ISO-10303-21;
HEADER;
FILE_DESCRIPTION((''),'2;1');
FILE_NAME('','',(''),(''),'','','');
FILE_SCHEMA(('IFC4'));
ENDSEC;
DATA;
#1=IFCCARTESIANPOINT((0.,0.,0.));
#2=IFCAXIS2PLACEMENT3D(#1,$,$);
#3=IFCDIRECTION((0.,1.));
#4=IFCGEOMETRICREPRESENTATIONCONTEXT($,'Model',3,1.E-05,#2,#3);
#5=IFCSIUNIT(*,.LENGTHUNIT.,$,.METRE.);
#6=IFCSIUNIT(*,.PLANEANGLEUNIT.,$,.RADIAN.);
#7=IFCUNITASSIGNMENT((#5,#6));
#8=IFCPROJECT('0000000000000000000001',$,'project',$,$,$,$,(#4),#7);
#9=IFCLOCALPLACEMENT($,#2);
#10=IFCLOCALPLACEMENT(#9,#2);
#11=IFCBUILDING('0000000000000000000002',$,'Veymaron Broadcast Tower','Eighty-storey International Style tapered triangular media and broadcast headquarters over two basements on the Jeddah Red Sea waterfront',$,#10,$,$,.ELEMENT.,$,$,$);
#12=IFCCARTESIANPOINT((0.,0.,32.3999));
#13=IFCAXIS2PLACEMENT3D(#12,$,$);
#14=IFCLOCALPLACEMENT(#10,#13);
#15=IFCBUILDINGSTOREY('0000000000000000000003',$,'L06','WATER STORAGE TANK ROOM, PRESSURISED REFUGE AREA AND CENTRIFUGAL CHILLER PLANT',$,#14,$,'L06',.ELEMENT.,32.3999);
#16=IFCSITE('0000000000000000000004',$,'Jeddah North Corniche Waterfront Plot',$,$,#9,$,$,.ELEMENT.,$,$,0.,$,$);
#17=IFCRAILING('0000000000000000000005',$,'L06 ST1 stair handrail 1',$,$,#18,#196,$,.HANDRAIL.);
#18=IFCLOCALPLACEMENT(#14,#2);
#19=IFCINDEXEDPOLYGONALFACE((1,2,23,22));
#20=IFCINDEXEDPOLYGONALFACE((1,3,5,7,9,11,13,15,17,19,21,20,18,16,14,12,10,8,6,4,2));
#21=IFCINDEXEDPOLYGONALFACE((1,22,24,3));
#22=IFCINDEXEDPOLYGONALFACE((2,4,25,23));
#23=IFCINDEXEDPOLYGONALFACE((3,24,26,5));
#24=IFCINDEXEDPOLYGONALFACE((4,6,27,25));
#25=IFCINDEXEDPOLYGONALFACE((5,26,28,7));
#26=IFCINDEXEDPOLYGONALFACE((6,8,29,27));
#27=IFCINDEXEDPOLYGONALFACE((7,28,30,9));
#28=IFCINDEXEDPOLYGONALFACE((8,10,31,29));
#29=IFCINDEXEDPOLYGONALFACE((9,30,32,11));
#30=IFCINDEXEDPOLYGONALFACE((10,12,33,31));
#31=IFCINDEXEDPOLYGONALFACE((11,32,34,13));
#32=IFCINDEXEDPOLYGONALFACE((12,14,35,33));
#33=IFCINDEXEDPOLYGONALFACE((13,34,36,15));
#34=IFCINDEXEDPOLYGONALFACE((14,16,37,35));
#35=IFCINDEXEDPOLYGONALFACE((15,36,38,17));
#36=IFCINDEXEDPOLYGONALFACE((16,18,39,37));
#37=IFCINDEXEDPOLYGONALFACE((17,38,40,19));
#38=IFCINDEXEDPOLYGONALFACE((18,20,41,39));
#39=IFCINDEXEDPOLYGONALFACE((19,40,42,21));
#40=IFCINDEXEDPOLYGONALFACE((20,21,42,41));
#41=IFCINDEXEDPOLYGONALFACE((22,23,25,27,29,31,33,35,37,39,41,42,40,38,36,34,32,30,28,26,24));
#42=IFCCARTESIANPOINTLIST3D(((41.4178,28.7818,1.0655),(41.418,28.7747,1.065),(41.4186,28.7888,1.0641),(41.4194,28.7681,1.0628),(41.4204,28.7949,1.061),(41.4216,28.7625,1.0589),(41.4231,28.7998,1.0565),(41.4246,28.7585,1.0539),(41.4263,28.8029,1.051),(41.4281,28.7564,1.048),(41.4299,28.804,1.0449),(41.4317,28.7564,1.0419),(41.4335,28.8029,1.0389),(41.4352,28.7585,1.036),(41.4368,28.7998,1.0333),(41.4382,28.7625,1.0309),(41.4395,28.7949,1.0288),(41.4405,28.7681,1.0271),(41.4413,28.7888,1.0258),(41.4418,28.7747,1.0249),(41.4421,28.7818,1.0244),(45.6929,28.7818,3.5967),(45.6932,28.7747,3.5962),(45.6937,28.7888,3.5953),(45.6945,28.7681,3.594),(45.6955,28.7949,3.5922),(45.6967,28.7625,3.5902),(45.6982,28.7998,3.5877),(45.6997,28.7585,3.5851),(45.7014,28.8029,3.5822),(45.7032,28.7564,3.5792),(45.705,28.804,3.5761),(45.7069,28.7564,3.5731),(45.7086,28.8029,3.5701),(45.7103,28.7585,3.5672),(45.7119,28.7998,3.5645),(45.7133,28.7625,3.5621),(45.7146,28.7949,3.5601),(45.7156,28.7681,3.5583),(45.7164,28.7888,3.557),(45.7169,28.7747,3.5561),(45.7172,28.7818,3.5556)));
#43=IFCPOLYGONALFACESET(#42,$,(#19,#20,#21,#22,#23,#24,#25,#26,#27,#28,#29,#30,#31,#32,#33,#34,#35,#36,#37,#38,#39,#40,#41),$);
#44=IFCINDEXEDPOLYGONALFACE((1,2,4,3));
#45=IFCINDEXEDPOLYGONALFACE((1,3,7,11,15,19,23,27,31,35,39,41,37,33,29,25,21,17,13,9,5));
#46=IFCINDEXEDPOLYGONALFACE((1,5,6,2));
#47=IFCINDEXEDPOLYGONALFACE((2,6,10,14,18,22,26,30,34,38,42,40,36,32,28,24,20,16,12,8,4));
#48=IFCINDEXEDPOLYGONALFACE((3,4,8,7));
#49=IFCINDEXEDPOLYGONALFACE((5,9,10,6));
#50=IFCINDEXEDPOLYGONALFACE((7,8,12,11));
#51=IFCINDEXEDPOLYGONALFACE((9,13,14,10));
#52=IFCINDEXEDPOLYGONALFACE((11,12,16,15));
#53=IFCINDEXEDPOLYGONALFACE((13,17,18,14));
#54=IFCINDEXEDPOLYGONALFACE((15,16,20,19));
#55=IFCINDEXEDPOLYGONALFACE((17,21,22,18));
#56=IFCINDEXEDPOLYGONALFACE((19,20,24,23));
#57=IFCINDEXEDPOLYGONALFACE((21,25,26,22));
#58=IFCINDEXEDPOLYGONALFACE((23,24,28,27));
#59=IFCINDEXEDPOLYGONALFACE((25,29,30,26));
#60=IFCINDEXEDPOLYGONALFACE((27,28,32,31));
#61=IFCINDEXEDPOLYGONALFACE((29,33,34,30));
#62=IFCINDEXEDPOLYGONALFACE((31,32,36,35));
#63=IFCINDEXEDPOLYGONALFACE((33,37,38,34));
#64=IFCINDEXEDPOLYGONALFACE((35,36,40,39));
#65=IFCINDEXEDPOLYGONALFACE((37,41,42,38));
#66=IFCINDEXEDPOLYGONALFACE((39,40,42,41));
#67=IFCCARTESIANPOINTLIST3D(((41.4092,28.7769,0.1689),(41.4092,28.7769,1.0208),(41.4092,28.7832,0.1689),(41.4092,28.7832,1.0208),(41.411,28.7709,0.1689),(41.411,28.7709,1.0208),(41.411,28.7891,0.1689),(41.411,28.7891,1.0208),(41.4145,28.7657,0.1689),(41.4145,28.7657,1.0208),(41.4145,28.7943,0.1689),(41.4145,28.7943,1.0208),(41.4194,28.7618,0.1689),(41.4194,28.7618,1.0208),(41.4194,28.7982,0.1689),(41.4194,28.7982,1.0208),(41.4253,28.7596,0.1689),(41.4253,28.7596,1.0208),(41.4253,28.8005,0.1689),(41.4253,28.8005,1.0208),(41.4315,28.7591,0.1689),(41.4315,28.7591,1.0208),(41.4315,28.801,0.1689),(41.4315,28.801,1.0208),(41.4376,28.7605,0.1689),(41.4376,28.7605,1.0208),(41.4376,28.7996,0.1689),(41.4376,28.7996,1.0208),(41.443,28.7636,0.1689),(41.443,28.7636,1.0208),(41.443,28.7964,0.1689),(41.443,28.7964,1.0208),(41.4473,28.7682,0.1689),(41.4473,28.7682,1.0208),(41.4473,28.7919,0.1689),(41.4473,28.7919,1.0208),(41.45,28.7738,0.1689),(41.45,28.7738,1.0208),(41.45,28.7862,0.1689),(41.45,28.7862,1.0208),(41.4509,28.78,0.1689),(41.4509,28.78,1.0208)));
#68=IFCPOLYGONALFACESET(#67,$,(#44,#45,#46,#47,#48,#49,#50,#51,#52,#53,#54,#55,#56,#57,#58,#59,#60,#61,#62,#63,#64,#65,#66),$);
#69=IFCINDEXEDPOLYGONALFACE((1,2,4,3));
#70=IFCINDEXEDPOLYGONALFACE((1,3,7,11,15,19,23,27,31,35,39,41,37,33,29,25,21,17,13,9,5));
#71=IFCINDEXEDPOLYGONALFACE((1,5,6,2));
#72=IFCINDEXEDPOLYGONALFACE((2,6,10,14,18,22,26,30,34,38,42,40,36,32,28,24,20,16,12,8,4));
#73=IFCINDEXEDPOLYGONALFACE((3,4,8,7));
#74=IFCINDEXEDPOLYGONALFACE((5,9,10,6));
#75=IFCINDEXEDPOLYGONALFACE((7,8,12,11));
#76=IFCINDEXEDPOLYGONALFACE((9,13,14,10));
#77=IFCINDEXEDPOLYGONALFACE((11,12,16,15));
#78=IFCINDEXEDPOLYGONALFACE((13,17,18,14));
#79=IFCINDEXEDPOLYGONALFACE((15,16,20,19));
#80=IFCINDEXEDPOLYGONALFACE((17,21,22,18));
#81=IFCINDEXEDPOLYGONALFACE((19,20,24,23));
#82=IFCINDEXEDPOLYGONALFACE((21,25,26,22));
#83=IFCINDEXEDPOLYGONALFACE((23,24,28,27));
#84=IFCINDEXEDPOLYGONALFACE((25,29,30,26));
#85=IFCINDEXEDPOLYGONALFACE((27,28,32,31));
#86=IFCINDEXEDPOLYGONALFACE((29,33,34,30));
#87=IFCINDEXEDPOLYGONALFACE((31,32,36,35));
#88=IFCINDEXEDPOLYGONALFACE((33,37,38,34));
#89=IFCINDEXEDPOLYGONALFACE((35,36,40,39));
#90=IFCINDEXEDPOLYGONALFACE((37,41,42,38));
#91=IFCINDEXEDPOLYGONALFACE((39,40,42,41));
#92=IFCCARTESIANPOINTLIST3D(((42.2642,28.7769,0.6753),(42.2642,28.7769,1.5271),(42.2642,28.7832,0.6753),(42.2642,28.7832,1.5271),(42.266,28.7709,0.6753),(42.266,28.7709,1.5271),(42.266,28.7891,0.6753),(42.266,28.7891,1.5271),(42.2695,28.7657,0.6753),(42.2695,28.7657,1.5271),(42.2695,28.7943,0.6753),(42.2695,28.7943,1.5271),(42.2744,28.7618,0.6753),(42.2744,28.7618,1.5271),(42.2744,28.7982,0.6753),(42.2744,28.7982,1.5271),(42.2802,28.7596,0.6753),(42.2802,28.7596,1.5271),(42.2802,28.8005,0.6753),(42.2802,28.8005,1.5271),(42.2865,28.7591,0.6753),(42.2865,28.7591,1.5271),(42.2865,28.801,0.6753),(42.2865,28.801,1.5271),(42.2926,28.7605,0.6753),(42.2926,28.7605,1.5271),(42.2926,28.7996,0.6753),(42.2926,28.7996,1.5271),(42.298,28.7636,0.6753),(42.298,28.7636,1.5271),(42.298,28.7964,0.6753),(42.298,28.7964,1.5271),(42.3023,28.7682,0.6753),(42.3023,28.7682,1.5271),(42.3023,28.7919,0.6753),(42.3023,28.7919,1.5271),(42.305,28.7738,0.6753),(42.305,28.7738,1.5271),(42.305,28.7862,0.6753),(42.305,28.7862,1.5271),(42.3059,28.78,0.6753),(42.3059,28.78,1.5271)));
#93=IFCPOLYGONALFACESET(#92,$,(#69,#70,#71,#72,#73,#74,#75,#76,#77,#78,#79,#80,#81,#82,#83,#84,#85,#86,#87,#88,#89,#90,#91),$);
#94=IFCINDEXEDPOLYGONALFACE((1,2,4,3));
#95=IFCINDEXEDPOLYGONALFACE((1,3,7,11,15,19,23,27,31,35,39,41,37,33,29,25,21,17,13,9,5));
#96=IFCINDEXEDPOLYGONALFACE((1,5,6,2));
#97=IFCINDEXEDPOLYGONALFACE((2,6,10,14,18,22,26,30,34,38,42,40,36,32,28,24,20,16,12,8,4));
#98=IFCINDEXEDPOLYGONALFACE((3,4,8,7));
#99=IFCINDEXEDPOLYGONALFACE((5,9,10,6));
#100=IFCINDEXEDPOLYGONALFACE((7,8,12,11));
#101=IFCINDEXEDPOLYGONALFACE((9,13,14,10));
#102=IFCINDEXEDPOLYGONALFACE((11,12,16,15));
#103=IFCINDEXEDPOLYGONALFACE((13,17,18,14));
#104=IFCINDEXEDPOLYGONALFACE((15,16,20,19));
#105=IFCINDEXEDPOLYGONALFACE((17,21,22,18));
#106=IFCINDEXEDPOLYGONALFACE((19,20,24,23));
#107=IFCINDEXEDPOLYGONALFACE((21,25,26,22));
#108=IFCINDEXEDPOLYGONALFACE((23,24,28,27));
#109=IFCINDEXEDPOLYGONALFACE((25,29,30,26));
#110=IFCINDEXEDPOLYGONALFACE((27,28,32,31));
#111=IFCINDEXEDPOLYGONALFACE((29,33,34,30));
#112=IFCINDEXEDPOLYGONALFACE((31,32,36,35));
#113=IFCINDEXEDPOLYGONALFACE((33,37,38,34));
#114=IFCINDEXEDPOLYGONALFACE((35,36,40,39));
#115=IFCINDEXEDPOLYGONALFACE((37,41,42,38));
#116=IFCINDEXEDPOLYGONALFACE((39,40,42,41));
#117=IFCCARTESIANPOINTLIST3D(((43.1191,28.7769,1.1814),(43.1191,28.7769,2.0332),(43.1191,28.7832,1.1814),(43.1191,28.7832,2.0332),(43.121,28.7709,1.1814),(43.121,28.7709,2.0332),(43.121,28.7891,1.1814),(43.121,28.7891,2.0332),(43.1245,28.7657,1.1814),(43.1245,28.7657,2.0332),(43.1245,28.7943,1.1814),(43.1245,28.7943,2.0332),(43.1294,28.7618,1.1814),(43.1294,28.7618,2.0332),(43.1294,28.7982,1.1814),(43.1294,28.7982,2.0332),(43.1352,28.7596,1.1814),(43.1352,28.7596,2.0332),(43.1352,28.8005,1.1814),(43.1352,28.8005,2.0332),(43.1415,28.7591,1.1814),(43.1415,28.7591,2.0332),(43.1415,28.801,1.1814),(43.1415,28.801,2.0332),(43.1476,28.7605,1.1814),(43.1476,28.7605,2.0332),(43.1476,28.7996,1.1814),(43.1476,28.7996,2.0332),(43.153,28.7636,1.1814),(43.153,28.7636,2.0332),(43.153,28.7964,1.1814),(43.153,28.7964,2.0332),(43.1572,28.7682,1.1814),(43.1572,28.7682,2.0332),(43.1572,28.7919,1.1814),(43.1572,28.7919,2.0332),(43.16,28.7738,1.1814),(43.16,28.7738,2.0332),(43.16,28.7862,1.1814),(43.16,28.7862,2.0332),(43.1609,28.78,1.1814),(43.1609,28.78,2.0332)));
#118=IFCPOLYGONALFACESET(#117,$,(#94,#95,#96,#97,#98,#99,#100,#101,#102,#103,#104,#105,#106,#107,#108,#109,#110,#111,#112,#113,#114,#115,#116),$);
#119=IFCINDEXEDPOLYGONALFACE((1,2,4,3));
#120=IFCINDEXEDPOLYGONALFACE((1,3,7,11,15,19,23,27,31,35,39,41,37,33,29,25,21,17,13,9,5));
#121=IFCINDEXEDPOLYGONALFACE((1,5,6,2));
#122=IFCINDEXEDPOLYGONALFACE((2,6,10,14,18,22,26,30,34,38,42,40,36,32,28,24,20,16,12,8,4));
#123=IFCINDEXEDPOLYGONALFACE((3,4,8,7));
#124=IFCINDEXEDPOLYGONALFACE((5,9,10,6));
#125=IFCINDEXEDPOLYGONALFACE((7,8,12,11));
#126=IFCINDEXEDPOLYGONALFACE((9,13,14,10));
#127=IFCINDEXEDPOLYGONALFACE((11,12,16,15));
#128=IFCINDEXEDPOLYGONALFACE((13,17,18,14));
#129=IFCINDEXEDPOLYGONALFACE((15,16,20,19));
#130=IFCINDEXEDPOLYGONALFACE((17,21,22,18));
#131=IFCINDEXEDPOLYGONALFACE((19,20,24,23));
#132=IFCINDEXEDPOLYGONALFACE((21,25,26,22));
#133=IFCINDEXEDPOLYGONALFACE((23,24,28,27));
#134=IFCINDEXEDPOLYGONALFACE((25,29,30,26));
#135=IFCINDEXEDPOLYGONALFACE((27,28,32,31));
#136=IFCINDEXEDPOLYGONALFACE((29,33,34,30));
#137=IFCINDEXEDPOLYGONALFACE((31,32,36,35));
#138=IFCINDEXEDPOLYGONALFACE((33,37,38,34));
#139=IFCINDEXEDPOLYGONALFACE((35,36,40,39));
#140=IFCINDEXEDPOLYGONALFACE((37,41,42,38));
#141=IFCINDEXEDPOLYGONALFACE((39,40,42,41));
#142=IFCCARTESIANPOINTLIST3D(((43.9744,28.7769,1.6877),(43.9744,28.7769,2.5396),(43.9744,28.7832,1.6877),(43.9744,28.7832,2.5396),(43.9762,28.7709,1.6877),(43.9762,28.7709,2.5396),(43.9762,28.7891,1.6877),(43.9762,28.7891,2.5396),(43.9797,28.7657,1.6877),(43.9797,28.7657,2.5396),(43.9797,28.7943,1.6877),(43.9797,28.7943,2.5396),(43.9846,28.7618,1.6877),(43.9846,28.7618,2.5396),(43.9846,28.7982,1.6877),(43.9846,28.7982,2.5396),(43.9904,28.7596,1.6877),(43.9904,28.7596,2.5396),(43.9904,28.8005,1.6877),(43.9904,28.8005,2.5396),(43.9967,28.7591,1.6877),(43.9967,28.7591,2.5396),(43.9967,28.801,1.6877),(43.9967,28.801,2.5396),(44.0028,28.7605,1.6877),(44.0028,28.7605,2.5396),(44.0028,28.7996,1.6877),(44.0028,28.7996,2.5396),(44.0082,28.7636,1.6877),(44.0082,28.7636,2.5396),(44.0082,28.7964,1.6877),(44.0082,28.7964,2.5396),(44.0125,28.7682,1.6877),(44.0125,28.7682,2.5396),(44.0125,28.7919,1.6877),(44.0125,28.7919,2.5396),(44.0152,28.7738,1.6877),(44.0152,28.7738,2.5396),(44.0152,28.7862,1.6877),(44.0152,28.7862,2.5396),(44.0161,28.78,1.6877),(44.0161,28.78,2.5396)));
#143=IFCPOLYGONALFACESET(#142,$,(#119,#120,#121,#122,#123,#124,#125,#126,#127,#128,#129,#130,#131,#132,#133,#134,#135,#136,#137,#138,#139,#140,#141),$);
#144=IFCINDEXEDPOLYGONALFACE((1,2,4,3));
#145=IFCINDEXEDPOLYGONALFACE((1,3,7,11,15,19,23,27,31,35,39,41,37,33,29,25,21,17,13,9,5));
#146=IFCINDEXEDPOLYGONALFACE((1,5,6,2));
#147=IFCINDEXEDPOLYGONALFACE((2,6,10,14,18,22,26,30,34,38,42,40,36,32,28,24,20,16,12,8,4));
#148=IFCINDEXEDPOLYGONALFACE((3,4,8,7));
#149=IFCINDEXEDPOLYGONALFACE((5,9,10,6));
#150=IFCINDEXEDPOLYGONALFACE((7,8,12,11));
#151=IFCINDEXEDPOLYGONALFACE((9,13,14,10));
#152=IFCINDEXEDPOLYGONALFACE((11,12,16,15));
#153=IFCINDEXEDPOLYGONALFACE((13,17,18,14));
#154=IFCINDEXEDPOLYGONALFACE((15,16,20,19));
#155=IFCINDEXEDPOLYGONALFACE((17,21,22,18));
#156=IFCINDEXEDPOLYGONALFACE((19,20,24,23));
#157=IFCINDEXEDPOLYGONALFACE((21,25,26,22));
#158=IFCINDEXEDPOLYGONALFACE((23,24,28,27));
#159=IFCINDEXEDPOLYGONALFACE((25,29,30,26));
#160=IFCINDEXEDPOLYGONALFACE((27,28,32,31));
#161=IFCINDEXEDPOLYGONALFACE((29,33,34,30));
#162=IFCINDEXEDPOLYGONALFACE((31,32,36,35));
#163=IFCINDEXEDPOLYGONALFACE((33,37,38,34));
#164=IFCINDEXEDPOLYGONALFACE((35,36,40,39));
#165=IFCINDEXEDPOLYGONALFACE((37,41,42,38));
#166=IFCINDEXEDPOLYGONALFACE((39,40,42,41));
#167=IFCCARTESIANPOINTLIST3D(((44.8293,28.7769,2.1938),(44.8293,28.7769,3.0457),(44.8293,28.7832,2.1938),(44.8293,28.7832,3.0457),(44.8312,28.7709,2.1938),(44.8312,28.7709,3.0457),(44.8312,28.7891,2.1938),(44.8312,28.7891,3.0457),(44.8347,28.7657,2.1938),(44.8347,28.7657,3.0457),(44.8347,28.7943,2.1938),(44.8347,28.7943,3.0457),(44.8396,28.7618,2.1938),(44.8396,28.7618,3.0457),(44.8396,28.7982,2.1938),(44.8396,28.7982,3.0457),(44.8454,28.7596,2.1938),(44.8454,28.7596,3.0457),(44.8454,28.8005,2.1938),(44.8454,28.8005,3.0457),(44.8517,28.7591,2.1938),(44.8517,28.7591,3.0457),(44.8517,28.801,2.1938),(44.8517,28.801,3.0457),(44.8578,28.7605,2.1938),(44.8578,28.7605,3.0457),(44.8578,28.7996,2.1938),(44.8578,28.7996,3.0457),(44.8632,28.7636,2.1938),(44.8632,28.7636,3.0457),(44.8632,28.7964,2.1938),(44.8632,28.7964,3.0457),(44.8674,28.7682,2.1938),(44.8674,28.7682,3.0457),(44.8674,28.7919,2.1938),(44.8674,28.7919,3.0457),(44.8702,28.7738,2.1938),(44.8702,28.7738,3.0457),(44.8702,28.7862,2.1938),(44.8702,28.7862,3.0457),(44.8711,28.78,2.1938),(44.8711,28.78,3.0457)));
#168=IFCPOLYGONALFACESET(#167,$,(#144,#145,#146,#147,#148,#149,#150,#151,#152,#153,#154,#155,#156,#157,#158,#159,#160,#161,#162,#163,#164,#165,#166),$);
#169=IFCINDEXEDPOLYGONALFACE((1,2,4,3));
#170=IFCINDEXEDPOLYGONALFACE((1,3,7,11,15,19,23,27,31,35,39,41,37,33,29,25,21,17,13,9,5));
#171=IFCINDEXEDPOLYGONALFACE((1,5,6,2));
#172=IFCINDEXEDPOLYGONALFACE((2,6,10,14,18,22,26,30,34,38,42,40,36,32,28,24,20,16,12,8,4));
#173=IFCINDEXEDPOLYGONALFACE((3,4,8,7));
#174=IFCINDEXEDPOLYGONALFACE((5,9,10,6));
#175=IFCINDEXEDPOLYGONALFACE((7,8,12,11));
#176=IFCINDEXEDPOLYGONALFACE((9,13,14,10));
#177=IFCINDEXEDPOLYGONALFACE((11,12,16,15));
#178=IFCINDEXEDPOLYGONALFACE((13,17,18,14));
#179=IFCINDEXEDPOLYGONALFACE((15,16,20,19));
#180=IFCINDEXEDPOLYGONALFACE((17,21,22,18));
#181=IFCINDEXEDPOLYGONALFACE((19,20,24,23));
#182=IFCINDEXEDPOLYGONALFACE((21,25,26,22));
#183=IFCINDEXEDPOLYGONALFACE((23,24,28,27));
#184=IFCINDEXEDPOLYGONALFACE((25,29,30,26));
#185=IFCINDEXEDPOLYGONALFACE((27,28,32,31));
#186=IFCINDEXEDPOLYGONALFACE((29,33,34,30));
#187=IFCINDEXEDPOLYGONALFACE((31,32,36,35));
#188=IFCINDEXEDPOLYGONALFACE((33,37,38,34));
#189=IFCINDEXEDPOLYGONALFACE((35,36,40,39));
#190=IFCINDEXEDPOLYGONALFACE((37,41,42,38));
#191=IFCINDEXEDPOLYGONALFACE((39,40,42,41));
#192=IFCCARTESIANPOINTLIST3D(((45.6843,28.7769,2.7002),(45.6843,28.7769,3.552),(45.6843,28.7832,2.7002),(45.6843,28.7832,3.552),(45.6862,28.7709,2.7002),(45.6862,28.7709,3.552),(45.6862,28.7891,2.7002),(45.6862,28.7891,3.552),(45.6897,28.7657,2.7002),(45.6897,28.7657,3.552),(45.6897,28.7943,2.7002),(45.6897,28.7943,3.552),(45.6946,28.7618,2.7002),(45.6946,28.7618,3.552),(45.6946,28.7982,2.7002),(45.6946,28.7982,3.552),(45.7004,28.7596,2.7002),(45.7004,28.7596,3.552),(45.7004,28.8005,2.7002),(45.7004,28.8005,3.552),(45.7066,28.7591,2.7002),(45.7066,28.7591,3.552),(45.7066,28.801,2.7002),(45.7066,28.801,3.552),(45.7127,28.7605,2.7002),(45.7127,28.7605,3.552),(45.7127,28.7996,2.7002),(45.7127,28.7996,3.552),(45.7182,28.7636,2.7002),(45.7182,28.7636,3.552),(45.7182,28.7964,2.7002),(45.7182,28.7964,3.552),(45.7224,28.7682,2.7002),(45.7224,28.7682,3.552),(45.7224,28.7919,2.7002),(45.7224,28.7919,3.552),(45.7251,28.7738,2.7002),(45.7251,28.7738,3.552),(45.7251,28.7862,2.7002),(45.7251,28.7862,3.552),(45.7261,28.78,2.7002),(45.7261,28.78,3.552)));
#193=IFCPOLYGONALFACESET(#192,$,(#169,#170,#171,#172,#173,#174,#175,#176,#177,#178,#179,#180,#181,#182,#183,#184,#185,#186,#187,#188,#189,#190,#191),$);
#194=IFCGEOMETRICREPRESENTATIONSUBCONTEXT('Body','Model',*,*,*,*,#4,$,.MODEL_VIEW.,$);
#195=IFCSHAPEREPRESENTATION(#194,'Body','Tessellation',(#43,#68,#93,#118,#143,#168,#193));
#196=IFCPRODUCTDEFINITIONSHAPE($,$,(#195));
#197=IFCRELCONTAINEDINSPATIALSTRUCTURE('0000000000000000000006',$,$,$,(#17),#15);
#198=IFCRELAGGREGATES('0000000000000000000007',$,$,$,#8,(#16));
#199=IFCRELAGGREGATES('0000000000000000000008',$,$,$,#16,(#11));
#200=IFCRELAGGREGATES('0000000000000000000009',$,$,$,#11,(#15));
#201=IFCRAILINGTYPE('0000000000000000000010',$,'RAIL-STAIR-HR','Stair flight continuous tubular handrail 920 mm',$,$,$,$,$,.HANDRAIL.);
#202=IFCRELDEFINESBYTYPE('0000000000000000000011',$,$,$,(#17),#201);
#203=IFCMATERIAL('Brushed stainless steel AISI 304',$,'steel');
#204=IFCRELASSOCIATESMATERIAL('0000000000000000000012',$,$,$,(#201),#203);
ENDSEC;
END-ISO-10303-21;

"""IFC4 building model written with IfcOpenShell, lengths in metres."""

from ifc_helpers import new_model, si_unit, direction, frame, origin, origin_2d, place, context, subcontext, project, spatial, circle, extrude, material, type_object, element, save


model = new_model("IFC4")

# Units and contexts
model_context = context("Model", 3, precision=1e-05, world=origin(), true_north=direction((0.0, 1.0)))
body_context = subcontext(model_context, "Body", "Model", "MODEL_VIEW")
ifc_project = project(units=[si_unit("LENGTHUNIT", "METRE"), si_unit("PLANEANGLEUNIT", "RADIAN")], contexts=[model_context])

# Site, building, storey
site_placement = place(None, origin())
site = spatial("IfcSite", under=ifc_project, at=site_placement, Name="Jeddah North Corniche Waterfront Plot", CompositionType="ELEMENT", RefElevation=0.0)
building_placement = place(site_placement, origin())
building = spatial("IfcBuilding", under=site, at=building_placement, Name="Veymaron Broadcast Tower", Description="Eighty-storey International Style tapered triangular media and broadcast headquarters over two basements on the Jeddah Red Sea waterfront", CompositionType="ELEMENT")
storey_placement = place(building_placement, frame((0.0, 0.0, 32.3999)))
storey = spatial("IfcBuildingStorey", under=building, at=storey_placement, Name="L06", Description="WATER STORAGE TANK ROOM, PRESSURISED REFUGE AREA AND CENTRIFUGAL CHILLER PLANT", LongName="L06", CompositionType="ELEMENT", Elevation=32.3999)

# Shared definitions
ifc_material_1 = material(Name="Brushed stainless steel AISI 304", Category="steel")

# Railing
railing_type_1 = type_object("IfcRailingType", Name="RAIL-STAIR-HR", Description="Stair flight continuous tubular handrail 920 mm", PredefinedType="HANDRAIL", material=ifc_material_1)
railing_1_placement = place(storey_placement, frame((41.4299, 28.78, 0.1689)))
element("IfcRailing", 1, at=railing_1_placement, inside=storey, type_object=railing_type_1, Name="L06 ST1 stair handrail 1", PredefinedType="HANDRAIL", context=body_context, shape_type="SweptSolid", body=[
    extrude(circle(Radius=0.0239, at=origin_2d()), frame((0.0, 0.0, 0.876), z_axis=(0.860483, 0.0, 0.509479), x_axis=(0.0, 1.0, 0.0)), (0.0, 0.0, 1.0), 4.9683),
    extrude(circle(Radius=0.021, at=origin_2d()), origin(), (0.0, 0.0, 1.0), 0.8518),
    extrude(circle(Radius=0.021, at=origin_2d()), frame((0.855, 0.0, 0.5063)), (0.0, 0.0, 1.0), 0.8518),
    extrude(circle(Radius=0.021, at=origin_2d()), frame((1.71, 0.0, 1.0125)), (0.0, 0.0, 1.0), 0.8518),
    extrude(circle(Radius=0.021, at=origin_2d()), frame((2.5652, 0.0, 1.5188)), (0.0, 0.0, 1.0), 0.8518),
    extrude(circle(Radius=0.021, at=origin_2d()), frame((3.4202, 0.0, 2.0249)), (0.0, 0.0, 1.0), 0.8518),
    extrude(circle(Radius=0.021, at=origin_2d()), frame((4.2751, 0.0, 2.5312)), (0.0, 0.0, 1.0), 0.8518),
])

save(model, "model.ifc")
